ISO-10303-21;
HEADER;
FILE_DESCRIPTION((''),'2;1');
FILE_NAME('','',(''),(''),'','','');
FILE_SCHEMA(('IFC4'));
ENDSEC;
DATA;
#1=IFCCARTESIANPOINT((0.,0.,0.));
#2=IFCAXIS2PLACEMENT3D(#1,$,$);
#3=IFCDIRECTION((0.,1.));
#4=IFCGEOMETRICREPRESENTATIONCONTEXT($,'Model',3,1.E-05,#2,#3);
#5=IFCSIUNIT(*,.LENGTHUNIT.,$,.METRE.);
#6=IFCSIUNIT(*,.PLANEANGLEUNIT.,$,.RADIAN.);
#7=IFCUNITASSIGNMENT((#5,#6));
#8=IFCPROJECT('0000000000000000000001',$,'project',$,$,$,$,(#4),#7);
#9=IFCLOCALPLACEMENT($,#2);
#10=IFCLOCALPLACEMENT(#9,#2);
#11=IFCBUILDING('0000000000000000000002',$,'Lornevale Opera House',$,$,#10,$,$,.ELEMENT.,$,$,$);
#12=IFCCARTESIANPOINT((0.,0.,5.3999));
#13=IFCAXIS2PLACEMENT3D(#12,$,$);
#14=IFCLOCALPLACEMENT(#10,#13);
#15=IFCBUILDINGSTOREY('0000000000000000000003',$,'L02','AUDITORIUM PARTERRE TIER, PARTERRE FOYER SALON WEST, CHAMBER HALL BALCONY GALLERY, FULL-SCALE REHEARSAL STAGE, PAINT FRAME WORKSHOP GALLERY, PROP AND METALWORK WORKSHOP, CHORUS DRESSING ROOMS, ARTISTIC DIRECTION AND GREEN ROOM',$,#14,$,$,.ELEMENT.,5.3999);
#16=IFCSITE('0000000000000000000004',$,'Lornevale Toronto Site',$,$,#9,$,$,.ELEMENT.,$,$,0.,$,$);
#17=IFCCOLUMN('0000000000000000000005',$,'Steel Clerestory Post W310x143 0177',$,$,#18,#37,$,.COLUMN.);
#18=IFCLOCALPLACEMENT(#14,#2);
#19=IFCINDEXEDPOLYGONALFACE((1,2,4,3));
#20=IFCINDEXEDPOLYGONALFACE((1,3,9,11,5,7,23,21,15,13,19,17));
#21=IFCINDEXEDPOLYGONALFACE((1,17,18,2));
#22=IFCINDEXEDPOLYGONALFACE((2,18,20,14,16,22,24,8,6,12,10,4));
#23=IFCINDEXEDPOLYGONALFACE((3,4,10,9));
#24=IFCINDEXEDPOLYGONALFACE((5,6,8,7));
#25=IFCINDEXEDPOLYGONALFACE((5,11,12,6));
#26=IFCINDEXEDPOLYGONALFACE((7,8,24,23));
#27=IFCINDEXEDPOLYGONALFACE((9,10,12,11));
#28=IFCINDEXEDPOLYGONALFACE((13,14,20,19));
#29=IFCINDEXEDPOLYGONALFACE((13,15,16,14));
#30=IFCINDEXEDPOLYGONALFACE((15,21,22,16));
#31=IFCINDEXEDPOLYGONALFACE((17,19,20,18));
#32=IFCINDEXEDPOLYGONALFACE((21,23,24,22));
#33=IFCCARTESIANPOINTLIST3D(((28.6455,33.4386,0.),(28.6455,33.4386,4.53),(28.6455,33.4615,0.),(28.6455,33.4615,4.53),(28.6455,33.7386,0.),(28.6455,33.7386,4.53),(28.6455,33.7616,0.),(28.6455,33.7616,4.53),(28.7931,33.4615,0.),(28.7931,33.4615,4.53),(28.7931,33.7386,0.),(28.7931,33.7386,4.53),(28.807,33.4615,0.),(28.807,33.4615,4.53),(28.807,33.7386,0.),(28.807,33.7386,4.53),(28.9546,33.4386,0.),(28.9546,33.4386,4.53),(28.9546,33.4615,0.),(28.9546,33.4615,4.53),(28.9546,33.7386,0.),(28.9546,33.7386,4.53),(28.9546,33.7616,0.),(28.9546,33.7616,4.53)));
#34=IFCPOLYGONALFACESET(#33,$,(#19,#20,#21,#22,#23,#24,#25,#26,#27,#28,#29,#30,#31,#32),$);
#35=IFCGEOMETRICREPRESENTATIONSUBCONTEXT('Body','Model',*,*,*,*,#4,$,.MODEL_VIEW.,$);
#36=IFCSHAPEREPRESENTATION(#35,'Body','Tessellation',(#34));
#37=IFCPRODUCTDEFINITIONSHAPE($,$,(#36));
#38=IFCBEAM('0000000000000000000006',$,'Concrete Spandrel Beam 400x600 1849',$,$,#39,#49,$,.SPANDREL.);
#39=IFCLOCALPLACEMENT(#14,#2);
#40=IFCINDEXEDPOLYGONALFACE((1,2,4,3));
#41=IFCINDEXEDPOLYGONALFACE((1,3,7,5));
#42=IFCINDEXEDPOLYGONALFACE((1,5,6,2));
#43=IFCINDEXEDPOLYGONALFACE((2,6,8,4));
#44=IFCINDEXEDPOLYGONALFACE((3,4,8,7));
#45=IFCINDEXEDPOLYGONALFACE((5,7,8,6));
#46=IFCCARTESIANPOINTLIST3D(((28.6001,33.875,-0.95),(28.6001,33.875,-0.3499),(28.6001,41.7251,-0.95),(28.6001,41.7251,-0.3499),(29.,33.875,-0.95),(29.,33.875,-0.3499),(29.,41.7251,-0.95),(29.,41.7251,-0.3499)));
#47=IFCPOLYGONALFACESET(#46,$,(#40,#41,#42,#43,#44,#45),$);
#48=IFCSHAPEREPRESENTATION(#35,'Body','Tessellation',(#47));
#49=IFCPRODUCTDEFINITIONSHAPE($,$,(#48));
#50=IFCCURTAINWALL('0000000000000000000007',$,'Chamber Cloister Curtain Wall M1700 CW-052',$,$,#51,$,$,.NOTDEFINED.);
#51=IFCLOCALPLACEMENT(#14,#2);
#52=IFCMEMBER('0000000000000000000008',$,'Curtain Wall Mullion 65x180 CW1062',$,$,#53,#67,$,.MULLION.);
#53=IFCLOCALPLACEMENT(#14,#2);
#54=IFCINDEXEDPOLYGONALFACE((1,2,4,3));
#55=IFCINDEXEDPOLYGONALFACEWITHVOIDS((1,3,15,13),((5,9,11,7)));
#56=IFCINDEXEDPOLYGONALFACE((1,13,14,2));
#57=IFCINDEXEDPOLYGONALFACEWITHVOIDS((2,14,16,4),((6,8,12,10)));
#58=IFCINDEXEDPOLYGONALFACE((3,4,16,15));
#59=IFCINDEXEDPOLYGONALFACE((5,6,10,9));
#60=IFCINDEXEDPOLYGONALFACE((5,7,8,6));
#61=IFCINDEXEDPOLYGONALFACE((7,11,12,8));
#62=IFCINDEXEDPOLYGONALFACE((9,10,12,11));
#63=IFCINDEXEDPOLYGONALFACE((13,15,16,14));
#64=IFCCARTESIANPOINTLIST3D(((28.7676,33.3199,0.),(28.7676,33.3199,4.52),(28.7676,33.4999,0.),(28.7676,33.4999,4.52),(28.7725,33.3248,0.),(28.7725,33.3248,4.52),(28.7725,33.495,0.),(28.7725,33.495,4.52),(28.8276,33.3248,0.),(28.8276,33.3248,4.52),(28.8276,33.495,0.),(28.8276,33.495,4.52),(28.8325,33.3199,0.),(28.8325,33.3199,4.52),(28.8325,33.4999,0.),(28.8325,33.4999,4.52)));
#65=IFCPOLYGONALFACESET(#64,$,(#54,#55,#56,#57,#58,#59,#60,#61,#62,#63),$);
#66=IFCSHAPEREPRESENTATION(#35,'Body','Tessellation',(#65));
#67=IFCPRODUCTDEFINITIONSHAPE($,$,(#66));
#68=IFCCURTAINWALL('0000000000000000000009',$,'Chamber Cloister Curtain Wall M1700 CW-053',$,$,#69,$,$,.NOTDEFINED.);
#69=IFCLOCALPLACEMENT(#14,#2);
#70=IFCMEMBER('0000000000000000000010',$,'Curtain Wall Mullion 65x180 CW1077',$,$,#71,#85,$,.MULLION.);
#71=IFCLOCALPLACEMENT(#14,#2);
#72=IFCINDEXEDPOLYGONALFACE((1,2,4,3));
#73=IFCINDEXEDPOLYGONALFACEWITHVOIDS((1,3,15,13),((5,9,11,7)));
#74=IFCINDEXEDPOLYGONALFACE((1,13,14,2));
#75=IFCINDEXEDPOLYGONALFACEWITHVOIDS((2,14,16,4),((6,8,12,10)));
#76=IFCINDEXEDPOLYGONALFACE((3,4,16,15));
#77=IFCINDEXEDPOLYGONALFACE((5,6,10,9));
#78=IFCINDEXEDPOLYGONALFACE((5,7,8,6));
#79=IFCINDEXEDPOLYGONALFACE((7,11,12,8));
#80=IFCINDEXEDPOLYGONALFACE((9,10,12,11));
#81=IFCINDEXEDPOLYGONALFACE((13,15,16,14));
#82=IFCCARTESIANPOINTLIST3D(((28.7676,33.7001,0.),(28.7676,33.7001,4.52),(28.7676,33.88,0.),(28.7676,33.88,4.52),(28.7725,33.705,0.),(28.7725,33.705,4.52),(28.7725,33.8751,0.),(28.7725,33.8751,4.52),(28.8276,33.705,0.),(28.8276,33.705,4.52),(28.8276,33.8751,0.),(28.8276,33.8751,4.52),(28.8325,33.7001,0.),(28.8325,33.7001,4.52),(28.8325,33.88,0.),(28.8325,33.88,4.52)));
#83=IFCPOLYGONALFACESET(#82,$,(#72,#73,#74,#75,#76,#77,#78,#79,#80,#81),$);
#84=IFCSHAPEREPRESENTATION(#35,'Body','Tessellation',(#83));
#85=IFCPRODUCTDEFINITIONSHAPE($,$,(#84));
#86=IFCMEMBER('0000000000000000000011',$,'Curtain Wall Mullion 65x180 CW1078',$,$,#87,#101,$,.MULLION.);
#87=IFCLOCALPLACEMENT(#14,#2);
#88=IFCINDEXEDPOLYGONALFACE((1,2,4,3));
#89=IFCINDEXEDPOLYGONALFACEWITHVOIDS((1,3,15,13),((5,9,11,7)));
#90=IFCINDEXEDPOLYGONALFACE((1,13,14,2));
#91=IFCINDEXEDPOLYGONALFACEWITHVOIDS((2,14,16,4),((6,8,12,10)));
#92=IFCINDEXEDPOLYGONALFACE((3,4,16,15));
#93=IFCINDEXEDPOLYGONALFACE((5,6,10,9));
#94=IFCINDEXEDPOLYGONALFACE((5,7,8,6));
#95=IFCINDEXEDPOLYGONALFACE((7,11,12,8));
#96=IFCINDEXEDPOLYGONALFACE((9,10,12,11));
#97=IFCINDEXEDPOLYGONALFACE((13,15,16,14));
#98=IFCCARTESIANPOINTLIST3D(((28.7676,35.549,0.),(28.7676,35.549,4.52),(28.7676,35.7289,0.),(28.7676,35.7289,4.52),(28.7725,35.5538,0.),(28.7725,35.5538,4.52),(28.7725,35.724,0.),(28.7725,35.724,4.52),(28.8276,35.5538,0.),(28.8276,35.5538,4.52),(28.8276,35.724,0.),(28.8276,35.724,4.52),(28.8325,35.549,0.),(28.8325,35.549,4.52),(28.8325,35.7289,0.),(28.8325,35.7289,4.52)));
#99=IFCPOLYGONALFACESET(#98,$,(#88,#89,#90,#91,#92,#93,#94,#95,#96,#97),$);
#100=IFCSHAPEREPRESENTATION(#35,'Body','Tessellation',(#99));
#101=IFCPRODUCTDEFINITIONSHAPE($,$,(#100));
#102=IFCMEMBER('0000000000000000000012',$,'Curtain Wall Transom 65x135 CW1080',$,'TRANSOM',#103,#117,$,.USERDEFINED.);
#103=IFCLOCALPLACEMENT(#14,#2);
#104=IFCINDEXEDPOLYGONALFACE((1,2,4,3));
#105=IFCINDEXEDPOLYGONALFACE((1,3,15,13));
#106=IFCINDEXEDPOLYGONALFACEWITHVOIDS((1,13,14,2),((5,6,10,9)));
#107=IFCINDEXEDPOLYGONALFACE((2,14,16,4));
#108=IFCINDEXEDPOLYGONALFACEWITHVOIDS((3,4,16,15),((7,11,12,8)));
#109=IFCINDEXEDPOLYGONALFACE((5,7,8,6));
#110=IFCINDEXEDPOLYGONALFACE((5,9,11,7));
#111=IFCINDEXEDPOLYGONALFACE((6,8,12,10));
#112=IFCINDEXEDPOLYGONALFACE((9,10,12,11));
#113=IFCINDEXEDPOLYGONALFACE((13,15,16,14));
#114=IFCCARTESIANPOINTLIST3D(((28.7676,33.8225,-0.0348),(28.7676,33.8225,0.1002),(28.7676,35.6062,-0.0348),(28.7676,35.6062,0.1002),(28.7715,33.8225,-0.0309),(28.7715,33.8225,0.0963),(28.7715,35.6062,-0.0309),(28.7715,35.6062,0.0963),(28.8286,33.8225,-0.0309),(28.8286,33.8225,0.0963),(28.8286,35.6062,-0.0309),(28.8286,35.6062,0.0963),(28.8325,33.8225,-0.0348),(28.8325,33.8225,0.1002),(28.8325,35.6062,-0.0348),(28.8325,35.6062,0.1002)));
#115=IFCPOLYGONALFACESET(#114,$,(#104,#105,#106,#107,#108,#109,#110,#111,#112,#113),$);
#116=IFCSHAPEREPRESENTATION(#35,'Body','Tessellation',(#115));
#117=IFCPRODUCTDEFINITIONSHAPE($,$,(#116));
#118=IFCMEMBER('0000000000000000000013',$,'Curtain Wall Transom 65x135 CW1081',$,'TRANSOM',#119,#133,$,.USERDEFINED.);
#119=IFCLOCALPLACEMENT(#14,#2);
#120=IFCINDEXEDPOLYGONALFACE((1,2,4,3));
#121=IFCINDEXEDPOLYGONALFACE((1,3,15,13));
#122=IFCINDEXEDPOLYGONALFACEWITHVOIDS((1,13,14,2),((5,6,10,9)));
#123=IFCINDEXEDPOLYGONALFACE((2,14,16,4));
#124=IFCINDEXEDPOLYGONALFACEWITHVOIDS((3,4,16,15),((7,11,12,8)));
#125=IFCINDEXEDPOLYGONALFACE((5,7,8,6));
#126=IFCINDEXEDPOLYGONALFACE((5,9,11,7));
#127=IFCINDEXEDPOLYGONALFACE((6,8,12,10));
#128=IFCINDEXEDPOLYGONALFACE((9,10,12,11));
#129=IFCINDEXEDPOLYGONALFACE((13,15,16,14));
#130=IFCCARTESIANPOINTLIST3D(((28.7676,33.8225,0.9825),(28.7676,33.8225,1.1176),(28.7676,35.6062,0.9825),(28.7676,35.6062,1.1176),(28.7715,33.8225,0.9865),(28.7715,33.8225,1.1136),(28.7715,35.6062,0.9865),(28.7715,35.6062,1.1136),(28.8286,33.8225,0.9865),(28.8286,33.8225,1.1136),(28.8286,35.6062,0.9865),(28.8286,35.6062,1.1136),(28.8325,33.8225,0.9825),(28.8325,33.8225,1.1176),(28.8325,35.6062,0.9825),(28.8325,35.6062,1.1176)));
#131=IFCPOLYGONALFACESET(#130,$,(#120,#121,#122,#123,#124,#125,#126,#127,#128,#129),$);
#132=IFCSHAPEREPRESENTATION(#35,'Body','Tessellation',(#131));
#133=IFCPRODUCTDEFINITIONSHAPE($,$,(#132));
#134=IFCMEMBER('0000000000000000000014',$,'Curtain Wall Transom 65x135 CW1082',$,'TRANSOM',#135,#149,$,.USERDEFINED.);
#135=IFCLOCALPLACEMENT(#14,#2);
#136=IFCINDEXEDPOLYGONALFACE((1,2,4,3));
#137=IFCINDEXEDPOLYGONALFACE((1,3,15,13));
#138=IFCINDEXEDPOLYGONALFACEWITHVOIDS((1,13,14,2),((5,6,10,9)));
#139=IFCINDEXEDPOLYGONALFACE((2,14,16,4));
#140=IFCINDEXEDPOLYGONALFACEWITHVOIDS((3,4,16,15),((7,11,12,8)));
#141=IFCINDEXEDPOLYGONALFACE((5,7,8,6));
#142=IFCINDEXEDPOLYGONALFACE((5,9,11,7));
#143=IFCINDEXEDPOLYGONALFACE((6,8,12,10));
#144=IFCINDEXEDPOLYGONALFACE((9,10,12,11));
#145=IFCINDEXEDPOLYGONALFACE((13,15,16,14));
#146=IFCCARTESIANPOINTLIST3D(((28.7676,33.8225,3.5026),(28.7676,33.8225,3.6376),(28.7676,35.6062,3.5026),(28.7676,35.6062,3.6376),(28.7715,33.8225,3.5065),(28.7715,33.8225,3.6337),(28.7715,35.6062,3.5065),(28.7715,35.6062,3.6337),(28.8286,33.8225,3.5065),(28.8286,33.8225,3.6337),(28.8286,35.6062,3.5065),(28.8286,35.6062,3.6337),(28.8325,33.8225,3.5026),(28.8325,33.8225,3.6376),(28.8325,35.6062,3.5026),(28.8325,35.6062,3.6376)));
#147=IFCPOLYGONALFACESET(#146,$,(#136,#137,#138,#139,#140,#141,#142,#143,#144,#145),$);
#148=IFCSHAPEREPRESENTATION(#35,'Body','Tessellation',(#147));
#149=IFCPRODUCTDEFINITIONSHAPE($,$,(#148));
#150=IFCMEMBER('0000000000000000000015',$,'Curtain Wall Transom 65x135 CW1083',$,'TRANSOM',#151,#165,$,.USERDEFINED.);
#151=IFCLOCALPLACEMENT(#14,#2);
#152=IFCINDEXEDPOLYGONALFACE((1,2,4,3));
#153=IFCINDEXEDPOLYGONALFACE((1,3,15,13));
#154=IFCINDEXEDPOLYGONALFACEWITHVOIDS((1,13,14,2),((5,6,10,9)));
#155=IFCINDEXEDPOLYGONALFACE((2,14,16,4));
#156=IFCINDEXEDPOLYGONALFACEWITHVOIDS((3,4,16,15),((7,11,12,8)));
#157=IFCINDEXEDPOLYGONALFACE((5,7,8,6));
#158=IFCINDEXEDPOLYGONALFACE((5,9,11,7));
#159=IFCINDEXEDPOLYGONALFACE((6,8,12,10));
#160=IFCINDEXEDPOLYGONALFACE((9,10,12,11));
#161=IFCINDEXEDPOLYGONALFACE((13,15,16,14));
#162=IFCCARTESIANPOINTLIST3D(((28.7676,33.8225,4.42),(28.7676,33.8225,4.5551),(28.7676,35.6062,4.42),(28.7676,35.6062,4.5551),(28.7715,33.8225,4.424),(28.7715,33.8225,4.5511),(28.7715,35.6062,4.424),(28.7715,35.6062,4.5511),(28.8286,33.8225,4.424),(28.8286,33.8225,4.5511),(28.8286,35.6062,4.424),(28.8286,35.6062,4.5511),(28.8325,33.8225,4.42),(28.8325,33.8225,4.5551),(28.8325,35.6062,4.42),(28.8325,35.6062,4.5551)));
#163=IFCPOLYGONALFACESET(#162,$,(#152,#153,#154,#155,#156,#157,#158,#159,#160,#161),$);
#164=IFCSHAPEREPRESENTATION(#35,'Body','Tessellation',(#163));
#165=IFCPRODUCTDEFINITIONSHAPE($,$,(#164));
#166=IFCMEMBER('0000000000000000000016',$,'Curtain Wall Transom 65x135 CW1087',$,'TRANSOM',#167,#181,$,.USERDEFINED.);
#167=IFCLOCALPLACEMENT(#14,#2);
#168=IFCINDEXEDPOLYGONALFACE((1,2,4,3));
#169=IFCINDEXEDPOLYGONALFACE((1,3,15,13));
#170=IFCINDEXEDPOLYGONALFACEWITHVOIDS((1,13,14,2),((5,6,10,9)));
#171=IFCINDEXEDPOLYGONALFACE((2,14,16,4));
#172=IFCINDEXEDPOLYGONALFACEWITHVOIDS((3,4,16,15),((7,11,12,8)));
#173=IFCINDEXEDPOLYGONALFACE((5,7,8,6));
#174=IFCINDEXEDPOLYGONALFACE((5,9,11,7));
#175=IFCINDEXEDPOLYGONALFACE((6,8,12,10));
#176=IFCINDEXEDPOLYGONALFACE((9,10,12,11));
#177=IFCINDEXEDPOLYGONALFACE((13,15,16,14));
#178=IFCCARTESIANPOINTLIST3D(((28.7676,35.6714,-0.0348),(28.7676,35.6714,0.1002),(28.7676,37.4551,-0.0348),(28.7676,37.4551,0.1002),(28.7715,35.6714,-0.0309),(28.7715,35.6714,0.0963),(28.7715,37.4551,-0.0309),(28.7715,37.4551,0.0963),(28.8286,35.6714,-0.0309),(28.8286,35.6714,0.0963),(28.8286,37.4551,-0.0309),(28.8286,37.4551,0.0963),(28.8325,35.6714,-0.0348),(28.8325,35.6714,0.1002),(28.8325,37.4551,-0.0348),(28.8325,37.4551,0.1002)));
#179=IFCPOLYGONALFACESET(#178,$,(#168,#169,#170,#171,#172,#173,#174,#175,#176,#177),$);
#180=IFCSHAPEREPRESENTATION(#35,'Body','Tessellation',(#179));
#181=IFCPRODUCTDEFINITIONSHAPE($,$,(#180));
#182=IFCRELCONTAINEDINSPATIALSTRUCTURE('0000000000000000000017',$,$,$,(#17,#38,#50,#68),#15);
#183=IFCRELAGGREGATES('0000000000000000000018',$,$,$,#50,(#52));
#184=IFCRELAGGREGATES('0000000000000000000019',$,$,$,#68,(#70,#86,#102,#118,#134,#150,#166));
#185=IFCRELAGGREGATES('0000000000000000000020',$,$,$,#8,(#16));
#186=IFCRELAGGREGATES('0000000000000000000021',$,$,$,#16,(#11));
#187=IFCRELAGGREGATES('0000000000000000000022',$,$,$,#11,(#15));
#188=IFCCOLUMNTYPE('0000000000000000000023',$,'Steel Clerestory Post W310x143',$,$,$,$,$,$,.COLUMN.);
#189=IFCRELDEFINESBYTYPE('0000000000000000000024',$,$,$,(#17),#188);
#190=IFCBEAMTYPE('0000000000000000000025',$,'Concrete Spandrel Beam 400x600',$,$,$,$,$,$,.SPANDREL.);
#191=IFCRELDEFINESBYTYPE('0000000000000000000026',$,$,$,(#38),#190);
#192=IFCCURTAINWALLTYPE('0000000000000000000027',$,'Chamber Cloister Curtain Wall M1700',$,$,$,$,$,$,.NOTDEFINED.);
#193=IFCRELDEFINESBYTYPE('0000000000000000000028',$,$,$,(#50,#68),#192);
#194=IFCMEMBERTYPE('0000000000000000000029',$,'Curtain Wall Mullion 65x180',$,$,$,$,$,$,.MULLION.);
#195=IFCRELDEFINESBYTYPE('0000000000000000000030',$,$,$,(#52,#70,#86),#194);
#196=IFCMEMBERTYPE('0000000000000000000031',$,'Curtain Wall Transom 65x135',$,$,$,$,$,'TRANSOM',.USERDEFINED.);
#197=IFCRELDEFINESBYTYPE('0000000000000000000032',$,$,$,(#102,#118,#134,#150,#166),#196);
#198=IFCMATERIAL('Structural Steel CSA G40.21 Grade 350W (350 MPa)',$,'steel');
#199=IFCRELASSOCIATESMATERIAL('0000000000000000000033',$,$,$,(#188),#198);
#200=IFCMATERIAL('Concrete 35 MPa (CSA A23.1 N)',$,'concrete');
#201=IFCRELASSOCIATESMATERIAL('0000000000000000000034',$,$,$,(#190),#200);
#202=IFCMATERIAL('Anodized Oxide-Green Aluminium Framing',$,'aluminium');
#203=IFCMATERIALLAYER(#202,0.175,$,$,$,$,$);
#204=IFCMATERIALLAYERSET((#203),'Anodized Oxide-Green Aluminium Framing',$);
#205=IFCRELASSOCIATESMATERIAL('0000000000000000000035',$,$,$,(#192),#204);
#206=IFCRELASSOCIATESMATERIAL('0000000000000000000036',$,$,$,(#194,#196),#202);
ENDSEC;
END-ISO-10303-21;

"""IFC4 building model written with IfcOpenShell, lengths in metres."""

from ifc_helpers import new_model, si_unit, direction, frame, origin, origin_2d, place, context, subcontext, project, spatial, rectangle, hollow_rectangle, i_section, extrude, material, layer, layer_set, material_profile, profile_set, type_object, element, aggregate, save


model = new_model("IFC4")

# Units and contexts
model_context = context("Model", 3, precision=1e-05, world=origin(), true_north=direction((0.0, 1.0)))
body_context = subcontext(model_context, "Body", "Model", "MODEL_VIEW")
ifc_project = project(units=[si_unit("LENGTHUNIT", "METRE"), si_unit("PLANEANGLEUNIT", "RADIAN")], contexts=[model_context])

# Site, building, storey
site_placement = place(None, origin())
site = spatial("IfcSite", under=ifc_project, at=site_placement, Name="Lornevale Toronto Site", CompositionType="ELEMENT", RefElevation=0.0)
building_placement = place(site_placement, origin())
building = spatial("IfcBuilding", under=site, at=building_placement, Name="Lornevale Opera House", CompositionType="ELEMENT")
storey_placement = place(building_placement, frame((0.0, 0.0, 5.3999)))
storey = spatial("IfcBuildingStorey", under=building, at=storey_placement, Name="L02", Description="AUDITORIUM PARTERRE TIER, PARTERRE FOYER SALON WEST, CHAMBER HALL BALCONY GALLERY, FULL-SCALE REHEARSAL STAGE, PAINT FRAME WORKSHOP GALLERY, PROP AND METALWORK WORKSHOP, CHORUS DRESSING ROOMS, ARTISTIC DIRECTION AND GREEN ROOM", CompositionType="ELEMENT", Elevation=5.3999)

# Column
ifc_material_1 = material(Name="Structural Steel CSA G40.21 Grade 350W (350 MPa)", Category="steel")
ifc_material_profile_1 = material_profile(ifc_material_1, i_section(OverallWidth=0.3091, OverallDepth=0.323, WebThickness=0.0139, FlangeThickness=0.0229, at=origin_2d()), Name="W310x143")
ifc_profile_set_1 = profile_set([ifc_material_profile_1], Name="Structural Steel CSA G40.21 Grade 350W (350 MPa)")
column_type = type_object("IfcColumnType", Name="Steel Clerestory Post W310x143", PredefinedType="COLUMN", material=ifc_profile_set_1)
column_placement = place(storey_placement, frame((28.8, 33.6001, 0.0), z_axis=(0.0, 0.0, 1.0), x_axis=(1.0, 0.0, 0.0)))
element("IfcColumn", 1, at=column_placement, inside=storey, type_object=column_type, Name="Steel Clerestory Post W310x143 0177", PredefinedType="COLUMN", context=body_context, shape_type="SweptSolid", body=[
    extrude(i_section(OverallWidth=0.3091, OverallDepth=0.323, WebThickness=0.0139, FlangeThickness=0.0229, at=origin_2d()), origin(), (0.0, 0.0, 1.0), 4.53),
])

# Beam
ifc_material_2 = material(Name="Concrete 35 MPa (CSA A23.1 N)", Category="concrete")
ifc_material_profile_2 = material_profile(ifc_material_2, rectangle(XDim=0.3999, YDim=0.6001, at=origin_2d()), Name="RC400x600")
ifc_profile_set_2 = profile_set([ifc_material_profile_2], Name="Concrete 35 MPa (CSA A23.1 N)")
beam_type = type_object("IfcBeamType", Name="Concrete Spandrel Beam 400x600", PredefinedType="SPANDREL", material=ifc_profile_set_2)
beam_placement = place(storey_placement, frame((28.8, 33.875, -0.6499), z_axis=(0.0, 1.0, 0.0), x_axis=(-1.0, 0.0, 0.0)))
element("IfcBeam", 2, at=beam_placement, inside=storey, type_object=beam_type, Name="Concrete Spandrel Beam 400x600 1849", PredefinedType="SPANDREL", context=body_context, shape_type="SweptSolid", body=[
    extrude(rectangle(XDim=0.3999, YDim=0.6001, at=origin_2d()), origin(), (0.0, 0.0, 1.0), 7.8501),
])

# Curtain wall, member
ifc_material_3 = material(Name="Anodized Oxide-Green Aluminium Framing", Category="aluminium")
ifc_layer_1 = layer(ifc_material_3, 0.175)
ifc_layer_set_1 = layer_set([ifc_layer_1], Name="Anodized Oxide-Green Aluminium Framing")
curtain_wall_type = type_object("IfcCurtainWallType", Name="Chamber Cloister Curtain Wall M1700", PredefinedType="NOTDEFINED", material=ifc_layer_set_1)
curtain_wall_1_placement = place(storey_placement, origin())
curtain_wall_1 = element("IfcCurtainWall", 3, at=curtain_wall_1_placement, inside=storey, type_object=curtain_wall_type, Name="Chamber Cloister Curtain Wall M1700 CW-052", PredefinedType="NOTDEFINED")
ifc_material_profile_3 = material_profile(ifc_material_3, hollow_rectangle(XDim=0.0649, YDim=0.1799, WallThickness=0.0049, at=origin_2d()), Name="ALU65x180x5")
ifc_profile_set_3 = profile_set([ifc_material_profile_3], Name="Anodized Oxide-Green Aluminium Framing")
member_type_1 = type_object("IfcMemberType", Name="Curtain Wall Mullion 65x180", PredefinedType="MULLION", material=ifc_profile_set_3)
member_1_placement = place(storey_placement, frame((28.8, 33.4099, 0.0), z_axis=(0.0, 0.0, 1.0), x_axis=(-1.0, 0.0, 0.0)))
member_1 = element("IfcMember", 4, at=member_1_placement, type_object=member_type_1, Name="Curtain Wall Mullion 65x180 CW1062", PredefinedType="MULLION", context=body_context, shape_type="SweptSolid", body=[
    extrude(hollow_rectangle(XDim=0.0649, YDim=0.1799, WallThickness=0.0049, at=origin_2d()), origin(), (0.0, 0.0, 1.0), 4.52),
])
aggregate(curtain_wall_1, [member_1])

# Curtain wall, members
curtain_wall_2_placement = place(storey_placement, origin())
curtain_wall_2 = element("IfcCurtainWall", 5, at=curtain_wall_2_placement, inside=storey, type_object=curtain_wall_type, Name="Chamber Cloister Curtain Wall M1700 CW-053", PredefinedType="NOTDEFINED")
member_2_placement = place(storey_placement, frame((28.8, 33.79, 0.0), z_axis=(0.0, 0.0, 1.0), x_axis=(-1.0, 0.0, 0.0)))
member_2 = element("IfcMember", 6, at=member_2_placement, type_object=member_type_1, Name="Curtain Wall Mullion 65x180 CW1077", PredefinedType="MULLION", context=body_context, shape_type="SweptSolid", body=[
    extrude(hollow_rectangle(XDim=0.0649, YDim=0.1799, WallThickness=0.0049, at=origin_2d()), origin(), (0.0, 0.0, 1.0), 4.52),
])
member_3_placement = place(storey_placement, frame((28.8, 35.6389, 0.0), z_axis=(0.0, 0.0, 1.0), x_axis=(-1.0, 0.0, 0.0)))
member_3 = element("IfcMember", 7, at=member_3_placement, type_object=member_type_1, Name="Curtain Wall Mullion 65x180 CW1078", PredefinedType="MULLION", context=body_context, shape_type="SweptSolid", body=[
    extrude(hollow_rectangle(XDim=0.0649, YDim=0.1799, WallThickness=0.0049, at=origin_2d()), origin(), (0.0, 0.0, 1.0), 4.52),
])
ifc_material_profile_4 = material_profile(ifc_material_3, hollow_rectangle(XDim=0.0649, YDim=0.135, WallThickness=0.0039, at=origin_2d()), Name="ALU65x135x4")
ifc_profile_set_4 = profile_set([ifc_material_profile_4], Name="Anodized Oxide-Green Aluminium Framing")
member_type_2 = type_object("IfcMemberType", Name="Curtain Wall Transom 65x135", ElementType="TRANSOM", PredefinedType="USERDEFINED", material=ifc_profile_set_4)
member_4_placement = place(storey_placement, frame((28.8, 33.8225, 0.0327), z_axis=(0.0, 1.0, 0.0), x_axis=(-1.0, 0.0, 0.0)))
member_4 = element("IfcMember", 8, at=member_4_placement, type_object=member_type_2, Name="Curtain Wall Transom 65x135 CW1080", ObjectType="TRANSOM", PredefinedType="USERDEFINED", context=body_context, shape_type="SweptSolid", body=[
    extrude(hollow_rectangle(XDim=0.0649, YDim=0.135, WallThickness=0.0039, at=origin_2d()), origin(), (0.0, 0.0, 1.0), 1.7837),
])
member_5_placement = place(storey_placement, frame((28.8, 33.8225, 1.05), z_axis=(0.0, 1.0, 0.0), x_axis=(-1.0, 0.0, 0.0)))
member_5 = element("IfcMember", 9, at=member_5_placement, type_object=member_type_2, Name="Curtain Wall Transom 65x135 CW1081", ObjectType="TRANSOM", PredefinedType="USERDEFINED", context=body_context, shape_type="SweptSolid", body=[
    extrude(hollow_rectangle(XDim=0.0649, YDim=0.135, WallThickness=0.0039, at=origin_2d()), origin(), (0.0, 0.0, 1.0), 1.7837),
])
member_6_placement = place(storey_placement, frame((28.8, 33.8225, 3.5701), z_axis=(0.0, 1.0, 0.0), x_axis=(-1.0, 0.0, 0.0)))
member_6 = element("IfcMember", 10, at=member_6_placement, type_object=member_type_2, Name="Curtain Wall Transom 65x135 CW1082", ObjectType="TRANSOM", PredefinedType="USERDEFINED", context=body_context, shape_type="SweptSolid", body=[
    extrude(hollow_rectangle(XDim=0.0649, YDim=0.135, WallThickness=0.0039, at=origin_2d()), origin(), (0.0, 0.0, 1.0), 1.7837),
])
member_7_placement = place(storey_placement, frame((28.8, 33.8225, 4.4875), z_axis=(0.0, 1.0, 0.0), x_axis=(-1.0, 0.0, 0.0)))
member_7 = element("IfcMember", 11, at=member_7_placement, type_object=member_type_2, Name="Curtain Wall Transom 65x135 CW1083", ObjectType="TRANSOM", PredefinedType="USERDEFINED", context=body_context, shape_type="SweptSolid", body=[
    extrude(hollow_rectangle(XDim=0.0649, YDim=0.135, WallThickness=0.0039, at=origin_2d()), origin(), (0.0, 0.0, 1.0), 1.7837),
])
member_8_placement = place(storey_placement, frame((28.8, 35.6714, 0.0327), z_axis=(0.0, 1.0, 0.0), x_axis=(-1.0, 0.0, 0.0)))
member_8 = element("IfcMember", 12, at=member_8_placement, type_object=member_type_2, Name="Curtain Wall Transom 65x135 CW1087", ObjectType="TRANSOM", PredefinedType="USERDEFINED", context=body_context, shape_type="SweptSolid", body=[
    extrude(hollow_rectangle(XDim=0.0649, YDim=0.135, WallThickness=0.0039, at=origin_2d()), origin(), (0.0, 0.0, 1.0), 1.7837),
])

aggregate(curtain_wall_2, [member_2, member_3, member_4, member_5, member_6, member_7, member_8])

save(model, "model.ifc")
